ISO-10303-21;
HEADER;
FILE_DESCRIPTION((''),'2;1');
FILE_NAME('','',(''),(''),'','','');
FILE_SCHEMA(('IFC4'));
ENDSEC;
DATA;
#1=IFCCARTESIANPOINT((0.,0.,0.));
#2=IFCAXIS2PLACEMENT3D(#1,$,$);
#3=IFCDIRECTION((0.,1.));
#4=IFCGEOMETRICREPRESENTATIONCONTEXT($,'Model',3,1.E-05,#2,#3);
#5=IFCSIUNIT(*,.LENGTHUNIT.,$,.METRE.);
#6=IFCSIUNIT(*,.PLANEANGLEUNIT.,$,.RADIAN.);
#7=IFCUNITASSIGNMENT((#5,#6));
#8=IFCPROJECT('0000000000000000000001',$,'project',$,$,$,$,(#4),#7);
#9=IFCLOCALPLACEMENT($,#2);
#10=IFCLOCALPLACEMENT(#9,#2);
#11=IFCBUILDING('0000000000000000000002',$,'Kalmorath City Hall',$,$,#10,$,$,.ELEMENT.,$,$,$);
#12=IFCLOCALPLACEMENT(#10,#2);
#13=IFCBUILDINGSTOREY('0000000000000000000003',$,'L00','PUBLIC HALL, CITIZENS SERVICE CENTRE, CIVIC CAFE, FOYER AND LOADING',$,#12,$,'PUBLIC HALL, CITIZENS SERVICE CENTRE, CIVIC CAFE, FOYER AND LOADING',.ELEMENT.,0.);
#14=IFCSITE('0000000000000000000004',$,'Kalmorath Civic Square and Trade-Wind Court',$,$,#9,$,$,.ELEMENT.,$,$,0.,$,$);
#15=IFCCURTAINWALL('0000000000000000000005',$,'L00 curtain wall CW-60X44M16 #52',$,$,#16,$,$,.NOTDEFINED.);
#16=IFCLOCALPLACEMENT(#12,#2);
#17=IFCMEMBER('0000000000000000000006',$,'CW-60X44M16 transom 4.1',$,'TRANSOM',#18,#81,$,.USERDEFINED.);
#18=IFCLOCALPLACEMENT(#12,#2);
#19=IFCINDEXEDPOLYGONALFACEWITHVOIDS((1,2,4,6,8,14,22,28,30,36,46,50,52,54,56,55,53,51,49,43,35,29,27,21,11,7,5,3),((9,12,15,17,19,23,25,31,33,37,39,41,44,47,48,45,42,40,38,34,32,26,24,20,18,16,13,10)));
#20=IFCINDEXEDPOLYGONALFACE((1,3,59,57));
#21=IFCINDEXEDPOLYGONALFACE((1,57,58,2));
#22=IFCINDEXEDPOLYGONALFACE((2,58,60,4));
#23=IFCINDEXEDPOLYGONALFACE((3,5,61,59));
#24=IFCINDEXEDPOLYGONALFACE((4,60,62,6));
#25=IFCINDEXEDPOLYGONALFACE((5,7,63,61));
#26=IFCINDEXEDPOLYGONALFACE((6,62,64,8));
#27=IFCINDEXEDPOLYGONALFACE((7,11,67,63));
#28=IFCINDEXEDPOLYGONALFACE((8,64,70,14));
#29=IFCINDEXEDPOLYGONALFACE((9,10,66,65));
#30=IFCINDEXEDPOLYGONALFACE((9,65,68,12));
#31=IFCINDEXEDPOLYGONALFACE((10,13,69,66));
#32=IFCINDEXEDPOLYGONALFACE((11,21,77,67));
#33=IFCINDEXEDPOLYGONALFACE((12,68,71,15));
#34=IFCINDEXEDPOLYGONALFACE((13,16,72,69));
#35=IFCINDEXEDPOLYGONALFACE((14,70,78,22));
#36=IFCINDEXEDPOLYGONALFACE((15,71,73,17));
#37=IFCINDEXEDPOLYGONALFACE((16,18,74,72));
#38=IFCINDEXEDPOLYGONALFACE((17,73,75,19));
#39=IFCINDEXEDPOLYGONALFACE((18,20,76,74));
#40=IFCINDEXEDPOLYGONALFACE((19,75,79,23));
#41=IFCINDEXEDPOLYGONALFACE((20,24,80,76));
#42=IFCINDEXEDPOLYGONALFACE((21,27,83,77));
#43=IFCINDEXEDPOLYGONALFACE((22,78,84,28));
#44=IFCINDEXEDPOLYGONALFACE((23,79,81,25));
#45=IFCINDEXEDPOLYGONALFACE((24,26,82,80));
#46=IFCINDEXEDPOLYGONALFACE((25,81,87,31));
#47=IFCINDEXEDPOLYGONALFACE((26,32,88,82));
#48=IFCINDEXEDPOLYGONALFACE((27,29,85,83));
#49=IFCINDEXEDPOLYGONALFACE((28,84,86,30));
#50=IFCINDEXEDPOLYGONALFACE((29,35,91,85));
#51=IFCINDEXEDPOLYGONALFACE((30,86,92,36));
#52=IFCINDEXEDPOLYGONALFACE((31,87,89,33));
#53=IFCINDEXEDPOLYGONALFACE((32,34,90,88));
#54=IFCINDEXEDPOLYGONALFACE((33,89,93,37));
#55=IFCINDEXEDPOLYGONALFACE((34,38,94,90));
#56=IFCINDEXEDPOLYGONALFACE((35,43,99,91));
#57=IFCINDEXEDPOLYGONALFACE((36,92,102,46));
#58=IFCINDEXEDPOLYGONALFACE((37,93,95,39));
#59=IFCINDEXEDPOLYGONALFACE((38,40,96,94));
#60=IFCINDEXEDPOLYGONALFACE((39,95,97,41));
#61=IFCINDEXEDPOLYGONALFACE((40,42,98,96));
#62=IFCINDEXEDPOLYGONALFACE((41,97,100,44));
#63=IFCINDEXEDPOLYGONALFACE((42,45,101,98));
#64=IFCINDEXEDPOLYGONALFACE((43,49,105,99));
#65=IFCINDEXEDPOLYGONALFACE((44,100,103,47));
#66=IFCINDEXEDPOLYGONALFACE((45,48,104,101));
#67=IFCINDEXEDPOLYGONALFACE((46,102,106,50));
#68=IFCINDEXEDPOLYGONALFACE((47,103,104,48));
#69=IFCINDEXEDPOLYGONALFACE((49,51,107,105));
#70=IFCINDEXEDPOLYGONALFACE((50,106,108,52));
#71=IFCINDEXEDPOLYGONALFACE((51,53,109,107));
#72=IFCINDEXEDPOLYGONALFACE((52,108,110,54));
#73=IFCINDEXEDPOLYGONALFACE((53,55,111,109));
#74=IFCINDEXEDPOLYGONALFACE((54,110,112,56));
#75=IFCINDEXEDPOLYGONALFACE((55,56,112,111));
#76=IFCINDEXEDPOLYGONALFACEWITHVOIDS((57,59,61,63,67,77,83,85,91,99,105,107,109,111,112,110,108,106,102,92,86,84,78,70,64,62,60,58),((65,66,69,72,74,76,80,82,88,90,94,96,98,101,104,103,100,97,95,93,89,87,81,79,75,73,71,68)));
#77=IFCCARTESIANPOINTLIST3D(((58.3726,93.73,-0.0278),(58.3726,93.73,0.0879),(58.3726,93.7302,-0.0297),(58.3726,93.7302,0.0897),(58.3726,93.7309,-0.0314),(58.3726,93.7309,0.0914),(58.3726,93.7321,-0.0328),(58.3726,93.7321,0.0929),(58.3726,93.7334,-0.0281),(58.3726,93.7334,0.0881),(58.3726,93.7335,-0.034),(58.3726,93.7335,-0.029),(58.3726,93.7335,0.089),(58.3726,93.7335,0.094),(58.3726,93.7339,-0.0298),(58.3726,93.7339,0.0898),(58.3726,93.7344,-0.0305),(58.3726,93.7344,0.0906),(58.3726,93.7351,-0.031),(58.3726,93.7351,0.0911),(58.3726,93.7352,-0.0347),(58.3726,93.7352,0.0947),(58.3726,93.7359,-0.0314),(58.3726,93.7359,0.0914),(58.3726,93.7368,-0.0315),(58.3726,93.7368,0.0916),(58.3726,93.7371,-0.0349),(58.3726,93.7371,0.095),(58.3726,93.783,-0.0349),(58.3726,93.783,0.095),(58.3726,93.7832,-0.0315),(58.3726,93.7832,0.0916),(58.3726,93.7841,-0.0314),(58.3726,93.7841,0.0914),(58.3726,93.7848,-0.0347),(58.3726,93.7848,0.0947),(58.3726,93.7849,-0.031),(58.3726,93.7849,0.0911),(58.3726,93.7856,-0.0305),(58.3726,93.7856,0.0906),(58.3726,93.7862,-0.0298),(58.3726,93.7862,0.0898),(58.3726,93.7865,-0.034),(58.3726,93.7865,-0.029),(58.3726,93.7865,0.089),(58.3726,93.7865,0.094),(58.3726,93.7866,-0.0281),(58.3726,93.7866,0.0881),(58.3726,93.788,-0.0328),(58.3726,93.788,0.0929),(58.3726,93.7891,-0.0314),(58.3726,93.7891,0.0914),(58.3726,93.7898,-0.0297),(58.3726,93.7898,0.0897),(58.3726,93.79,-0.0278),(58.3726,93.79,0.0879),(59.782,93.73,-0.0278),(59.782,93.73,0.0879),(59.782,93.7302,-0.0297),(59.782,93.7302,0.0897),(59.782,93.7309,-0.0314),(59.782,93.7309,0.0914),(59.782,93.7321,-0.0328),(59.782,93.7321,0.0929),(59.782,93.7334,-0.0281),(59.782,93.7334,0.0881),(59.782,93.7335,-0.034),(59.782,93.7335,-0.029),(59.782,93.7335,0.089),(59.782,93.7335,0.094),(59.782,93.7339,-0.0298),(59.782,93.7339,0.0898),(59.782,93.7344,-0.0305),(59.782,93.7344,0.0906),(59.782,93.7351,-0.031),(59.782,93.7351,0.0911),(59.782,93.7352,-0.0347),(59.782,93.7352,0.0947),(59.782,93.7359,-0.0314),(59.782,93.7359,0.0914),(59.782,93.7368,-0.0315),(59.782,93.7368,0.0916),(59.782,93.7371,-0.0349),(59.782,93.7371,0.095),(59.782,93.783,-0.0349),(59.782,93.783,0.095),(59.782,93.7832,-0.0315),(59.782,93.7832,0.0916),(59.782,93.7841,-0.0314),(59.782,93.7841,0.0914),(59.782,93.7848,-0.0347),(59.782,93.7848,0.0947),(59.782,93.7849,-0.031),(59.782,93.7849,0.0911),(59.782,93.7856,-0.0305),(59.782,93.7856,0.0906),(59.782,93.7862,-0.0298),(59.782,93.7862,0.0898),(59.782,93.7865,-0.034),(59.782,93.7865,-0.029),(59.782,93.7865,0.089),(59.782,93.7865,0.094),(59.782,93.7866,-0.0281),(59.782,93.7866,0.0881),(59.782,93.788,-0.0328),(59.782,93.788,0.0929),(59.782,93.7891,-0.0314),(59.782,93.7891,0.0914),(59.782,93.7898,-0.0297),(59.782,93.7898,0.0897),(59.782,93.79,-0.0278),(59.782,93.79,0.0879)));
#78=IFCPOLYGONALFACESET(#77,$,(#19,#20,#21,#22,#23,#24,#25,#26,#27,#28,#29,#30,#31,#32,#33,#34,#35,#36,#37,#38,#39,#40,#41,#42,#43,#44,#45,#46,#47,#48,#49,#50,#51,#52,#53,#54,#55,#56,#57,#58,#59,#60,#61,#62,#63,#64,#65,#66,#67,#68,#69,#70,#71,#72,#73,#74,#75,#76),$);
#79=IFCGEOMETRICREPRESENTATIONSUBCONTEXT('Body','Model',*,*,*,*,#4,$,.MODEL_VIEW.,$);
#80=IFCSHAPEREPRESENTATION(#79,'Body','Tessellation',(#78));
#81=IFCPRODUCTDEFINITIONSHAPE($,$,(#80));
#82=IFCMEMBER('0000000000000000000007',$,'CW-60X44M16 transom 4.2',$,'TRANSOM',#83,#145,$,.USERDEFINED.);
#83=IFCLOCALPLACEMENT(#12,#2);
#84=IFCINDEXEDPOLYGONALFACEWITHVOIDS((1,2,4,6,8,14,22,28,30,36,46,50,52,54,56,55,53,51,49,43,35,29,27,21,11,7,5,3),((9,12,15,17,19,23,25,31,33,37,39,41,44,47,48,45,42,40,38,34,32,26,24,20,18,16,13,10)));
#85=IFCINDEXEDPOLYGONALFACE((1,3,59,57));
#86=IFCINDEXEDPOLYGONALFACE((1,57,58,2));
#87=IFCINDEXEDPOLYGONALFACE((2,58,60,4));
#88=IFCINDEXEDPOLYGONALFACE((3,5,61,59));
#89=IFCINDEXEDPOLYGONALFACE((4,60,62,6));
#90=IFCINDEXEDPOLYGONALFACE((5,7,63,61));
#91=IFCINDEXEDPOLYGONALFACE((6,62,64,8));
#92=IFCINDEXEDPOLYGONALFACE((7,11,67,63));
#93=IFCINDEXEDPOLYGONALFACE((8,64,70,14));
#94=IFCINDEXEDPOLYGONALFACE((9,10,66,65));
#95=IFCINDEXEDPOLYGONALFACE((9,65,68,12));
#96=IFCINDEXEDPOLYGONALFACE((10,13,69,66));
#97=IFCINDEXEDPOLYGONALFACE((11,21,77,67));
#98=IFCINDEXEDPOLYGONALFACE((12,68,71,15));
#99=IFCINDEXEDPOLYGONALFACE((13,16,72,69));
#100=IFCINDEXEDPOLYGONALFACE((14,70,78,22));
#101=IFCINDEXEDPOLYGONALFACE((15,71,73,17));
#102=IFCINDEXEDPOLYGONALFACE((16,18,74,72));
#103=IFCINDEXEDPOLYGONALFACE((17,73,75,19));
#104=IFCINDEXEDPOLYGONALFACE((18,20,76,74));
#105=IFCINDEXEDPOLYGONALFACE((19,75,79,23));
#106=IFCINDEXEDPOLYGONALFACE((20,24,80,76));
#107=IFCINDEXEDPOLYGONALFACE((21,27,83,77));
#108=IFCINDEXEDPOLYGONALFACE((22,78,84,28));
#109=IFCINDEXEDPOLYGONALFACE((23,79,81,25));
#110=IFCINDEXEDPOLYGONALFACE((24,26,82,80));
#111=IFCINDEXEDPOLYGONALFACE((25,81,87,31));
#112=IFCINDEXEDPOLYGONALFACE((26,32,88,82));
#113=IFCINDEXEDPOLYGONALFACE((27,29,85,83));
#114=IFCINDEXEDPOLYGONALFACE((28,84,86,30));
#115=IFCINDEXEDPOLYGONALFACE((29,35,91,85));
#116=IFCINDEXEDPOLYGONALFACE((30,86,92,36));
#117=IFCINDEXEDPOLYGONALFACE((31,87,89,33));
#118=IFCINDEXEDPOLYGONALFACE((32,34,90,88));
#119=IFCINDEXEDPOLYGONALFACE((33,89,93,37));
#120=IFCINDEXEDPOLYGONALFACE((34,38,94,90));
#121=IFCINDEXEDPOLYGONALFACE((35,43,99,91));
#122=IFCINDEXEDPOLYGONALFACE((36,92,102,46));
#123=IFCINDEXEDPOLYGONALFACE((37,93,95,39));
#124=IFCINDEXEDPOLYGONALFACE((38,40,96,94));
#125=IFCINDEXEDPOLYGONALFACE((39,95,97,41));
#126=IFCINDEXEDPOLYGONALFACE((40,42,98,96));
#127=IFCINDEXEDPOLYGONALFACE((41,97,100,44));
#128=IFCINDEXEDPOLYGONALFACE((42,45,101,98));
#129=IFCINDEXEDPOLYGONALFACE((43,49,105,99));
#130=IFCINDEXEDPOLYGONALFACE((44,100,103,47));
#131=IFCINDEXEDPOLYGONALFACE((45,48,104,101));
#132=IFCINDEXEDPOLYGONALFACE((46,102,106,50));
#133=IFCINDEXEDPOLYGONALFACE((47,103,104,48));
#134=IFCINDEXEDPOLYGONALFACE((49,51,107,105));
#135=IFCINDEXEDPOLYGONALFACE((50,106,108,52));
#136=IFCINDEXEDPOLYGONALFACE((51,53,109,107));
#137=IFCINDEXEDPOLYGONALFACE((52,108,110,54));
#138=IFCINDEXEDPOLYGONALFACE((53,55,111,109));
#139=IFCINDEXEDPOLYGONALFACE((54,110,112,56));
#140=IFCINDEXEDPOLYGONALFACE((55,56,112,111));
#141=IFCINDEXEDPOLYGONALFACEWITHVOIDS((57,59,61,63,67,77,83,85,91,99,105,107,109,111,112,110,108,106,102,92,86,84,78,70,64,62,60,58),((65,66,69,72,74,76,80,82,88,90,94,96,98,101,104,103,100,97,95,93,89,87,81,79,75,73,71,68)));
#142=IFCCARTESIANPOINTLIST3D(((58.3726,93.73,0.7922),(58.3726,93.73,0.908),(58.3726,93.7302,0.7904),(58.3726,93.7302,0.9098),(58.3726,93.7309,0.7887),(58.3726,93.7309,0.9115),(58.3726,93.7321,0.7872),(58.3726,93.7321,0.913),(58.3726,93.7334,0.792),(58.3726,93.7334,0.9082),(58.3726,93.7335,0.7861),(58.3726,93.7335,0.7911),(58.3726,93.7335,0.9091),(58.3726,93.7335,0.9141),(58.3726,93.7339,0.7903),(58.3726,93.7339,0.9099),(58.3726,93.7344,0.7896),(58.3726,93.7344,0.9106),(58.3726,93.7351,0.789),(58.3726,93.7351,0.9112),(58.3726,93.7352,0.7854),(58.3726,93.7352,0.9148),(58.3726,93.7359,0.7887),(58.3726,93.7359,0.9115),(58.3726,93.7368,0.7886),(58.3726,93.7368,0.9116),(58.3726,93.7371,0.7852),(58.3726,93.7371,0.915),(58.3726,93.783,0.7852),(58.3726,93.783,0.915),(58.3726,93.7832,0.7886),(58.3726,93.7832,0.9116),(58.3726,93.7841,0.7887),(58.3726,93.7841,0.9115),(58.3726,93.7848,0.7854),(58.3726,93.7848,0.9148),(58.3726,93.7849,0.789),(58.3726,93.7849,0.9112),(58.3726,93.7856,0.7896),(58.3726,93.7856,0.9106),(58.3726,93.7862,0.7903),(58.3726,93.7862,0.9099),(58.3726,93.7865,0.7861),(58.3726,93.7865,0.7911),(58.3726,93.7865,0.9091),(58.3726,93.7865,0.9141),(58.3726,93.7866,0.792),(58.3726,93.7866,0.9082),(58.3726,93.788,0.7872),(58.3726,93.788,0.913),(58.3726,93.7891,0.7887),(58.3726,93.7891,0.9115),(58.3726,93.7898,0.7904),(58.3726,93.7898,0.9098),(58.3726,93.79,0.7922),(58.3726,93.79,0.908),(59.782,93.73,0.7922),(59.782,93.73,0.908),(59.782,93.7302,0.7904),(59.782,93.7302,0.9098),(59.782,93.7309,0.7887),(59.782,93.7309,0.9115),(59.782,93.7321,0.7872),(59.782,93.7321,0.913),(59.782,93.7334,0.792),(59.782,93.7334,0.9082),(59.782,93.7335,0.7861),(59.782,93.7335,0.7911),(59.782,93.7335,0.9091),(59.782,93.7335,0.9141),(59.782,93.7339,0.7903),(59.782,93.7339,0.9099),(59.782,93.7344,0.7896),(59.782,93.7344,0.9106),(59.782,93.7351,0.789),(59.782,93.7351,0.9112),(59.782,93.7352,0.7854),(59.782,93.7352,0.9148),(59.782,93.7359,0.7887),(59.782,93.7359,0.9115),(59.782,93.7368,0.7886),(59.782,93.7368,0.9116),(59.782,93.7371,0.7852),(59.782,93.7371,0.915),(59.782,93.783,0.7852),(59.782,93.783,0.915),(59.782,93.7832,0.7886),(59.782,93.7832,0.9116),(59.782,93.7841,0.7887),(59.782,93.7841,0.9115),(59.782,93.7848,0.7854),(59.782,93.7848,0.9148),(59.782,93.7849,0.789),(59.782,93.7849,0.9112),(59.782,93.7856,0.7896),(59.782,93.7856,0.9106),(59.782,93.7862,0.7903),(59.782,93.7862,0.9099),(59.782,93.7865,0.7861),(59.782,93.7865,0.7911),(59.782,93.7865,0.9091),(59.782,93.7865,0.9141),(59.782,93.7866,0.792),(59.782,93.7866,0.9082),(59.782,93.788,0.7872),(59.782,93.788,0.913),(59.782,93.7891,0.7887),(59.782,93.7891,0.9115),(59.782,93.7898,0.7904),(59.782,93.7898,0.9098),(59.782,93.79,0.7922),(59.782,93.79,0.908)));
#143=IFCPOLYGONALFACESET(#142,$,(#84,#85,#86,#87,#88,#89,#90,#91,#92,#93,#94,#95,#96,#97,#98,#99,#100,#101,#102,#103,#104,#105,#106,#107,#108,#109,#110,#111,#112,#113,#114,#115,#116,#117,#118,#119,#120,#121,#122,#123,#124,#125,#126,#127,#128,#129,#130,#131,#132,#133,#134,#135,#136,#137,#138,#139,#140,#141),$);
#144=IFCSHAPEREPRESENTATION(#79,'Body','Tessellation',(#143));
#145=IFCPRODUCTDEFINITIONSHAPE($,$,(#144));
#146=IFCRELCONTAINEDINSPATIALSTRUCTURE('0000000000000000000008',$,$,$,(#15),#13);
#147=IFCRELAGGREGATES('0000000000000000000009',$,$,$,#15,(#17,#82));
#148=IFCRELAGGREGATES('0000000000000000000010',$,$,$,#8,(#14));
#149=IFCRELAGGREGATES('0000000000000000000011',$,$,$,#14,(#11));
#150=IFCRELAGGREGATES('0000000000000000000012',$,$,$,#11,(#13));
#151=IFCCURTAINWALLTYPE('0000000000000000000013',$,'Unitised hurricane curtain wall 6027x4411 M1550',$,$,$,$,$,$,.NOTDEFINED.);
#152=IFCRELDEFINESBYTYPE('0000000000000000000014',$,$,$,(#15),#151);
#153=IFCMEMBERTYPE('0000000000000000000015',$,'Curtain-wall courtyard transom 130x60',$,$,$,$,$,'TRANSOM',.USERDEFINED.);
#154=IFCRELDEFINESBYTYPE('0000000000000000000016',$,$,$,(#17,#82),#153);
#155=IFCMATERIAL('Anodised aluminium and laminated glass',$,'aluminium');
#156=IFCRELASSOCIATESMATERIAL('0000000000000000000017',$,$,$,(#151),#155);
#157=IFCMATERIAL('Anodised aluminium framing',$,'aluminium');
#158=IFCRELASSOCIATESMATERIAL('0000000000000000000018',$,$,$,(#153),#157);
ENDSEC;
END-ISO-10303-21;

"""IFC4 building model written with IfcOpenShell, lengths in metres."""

from ifc_helpers import new_model, si_unit, direction, frame, origin, origin_2d, place, context, subcontext, project, spatial, hollow_rectangle, extrude, material, material_profile, profile_set, type_object, element, aggregate, save


model = new_model("IFC4")

# Units and contexts
model_context = context("Model", 3, precision=1e-05, world=origin(), true_north=direction((0.0, 1.0)))
body_context = subcontext(model_context, "Body", "Model", "MODEL_VIEW")
ifc_project = project(units=[si_unit("LENGTHUNIT", "METRE"), si_unit("PLANEANGLEUNIT", "RADIAN")], contexts=[model_context])

# Site, building, storey
site_placement = place(None, origin())
site = spatial("IfcSite", under=ifc_project, at=site_placement, Name="Kalmorath Civic Square and Trade-Wind Court", CompositionType="ELEMENT", RefElevation=0.0)
building_placement = place(site_placement, origin())
building = spatial("IfcBuilding", under=site, at=building_placement, Name="Kalmorath City Hall", CompositionType="ELEMENT")
storey_placement = place(building_placement, origin())
storey = spatial("IfcBuildingStorey", under=building, at=storey_placement, Name="L00", Description="PUBLIC HALL, CITIZENS SERVICE CENTRE, CIVIC CAFE, FOYER AND LOADING", LongName="PUBLIC HALL, CITIZENS SERVICE CENTRE, CIVIC CAFE, FOYER AND LOADING", CompositionType="ELEMENT", Elevation=0.0)

# Curtain wall
ifc_material_1 = material(Name="Anodised aluminium and laminated glass", Category="aluminium")
curtain_wall_type_1 = type_object("IfcCurtainWallType", Name="Unitised hurricane curtain wall 6027x4411 M1550", PredefinedType="NOTDEFINED", material=ifc_material_1)
curtain_wall_1_placement = place(storey_placement, origin())
curtain_wall_1 = element("IfcCurtainWall", 1, at=curtain_wall_1_placement, inside=storey, type_object=curtain_wall_type_1, Name="L00 curtain wall CW-60X44M16 #52", PredefinedType="NOTDEFINED")

# Members
ifc_material_2 = material(Name="Anodised aluminium framing", Category="aluminium")
ifc_material_profile_1 = material_profile(ifc_material_2, hollow_rectangle(XDim=0.0601, YDim=0.1299, WallThickness=0.0034, InnerFilletRadius=0.0034, OuterFilletRadius=0.0071, at=origin_2d()), Name="ALU-TRN-130X60X3.5")
ifc_profile_set_1 = profile_set([ifc_material_profile_1], Name="Anodised aluminium framing")
member_type_1 = type_object("IfcMemberType", Name="Curtain-wall courtyard transom 130x60", ElementType="TRANSOM", PredefinedType="USERDEFINED", material=ifc_profile_set_1)
member_1_placement = place(storey_placement, frame((59.782, 93.76, 0.03), z_axis=(-1.0, 0.0, 0.0), x_axis=(0.0, -1.0, 0.0)))
member_1 = element("IfcMember", 2, at=member_1_placement, type_object=member_type_1, Name="CW-60X44M16 transom 4.1", ObjectType="TRANSOM", PredefinedType="USERDEFINED", context=body_context, shape_type="SweptSolid", body=[
    extrude(hollow_rectangle(XDim=0.0601, YDim=0.1299, WallThickness=0.0034, InnerFilletRadius=0.0034, OuterFilletRadius=0.0071, at=origin_2d()), origin(), (0.0, 0.0, 1.0), 1.4094),
])
member_2_placement = place(storey_placement, frame((59.782, 93.76, 0.8501), z_axis=(-1.0, 0.0, 0.0), x_axis=(0.0, -1.0, 0.0)))
member_2 = element("IfcMember", 3, at=member_2_placement, type_object=member_type_1, Name="CW-60X44M16 transom 4.2", ObjectType="TRANSOM", PredefinedType="USERDEFINED", context=body_context, shape_type="SweptSolid", body=[
    extrude(hollow_rectangle(XDim=0.0601, YDim=0.1299, WallThickness=0.0034, InnerFilletRadius=0.0034, OuterFilletRadius=0.0071, at=origin_2d()), origin(), (0.0, 0.0, 1.0), 1.4094),
])

aggregate(curtain_wall_1, [member_1, member_2])

save(model, "model.ifc")
